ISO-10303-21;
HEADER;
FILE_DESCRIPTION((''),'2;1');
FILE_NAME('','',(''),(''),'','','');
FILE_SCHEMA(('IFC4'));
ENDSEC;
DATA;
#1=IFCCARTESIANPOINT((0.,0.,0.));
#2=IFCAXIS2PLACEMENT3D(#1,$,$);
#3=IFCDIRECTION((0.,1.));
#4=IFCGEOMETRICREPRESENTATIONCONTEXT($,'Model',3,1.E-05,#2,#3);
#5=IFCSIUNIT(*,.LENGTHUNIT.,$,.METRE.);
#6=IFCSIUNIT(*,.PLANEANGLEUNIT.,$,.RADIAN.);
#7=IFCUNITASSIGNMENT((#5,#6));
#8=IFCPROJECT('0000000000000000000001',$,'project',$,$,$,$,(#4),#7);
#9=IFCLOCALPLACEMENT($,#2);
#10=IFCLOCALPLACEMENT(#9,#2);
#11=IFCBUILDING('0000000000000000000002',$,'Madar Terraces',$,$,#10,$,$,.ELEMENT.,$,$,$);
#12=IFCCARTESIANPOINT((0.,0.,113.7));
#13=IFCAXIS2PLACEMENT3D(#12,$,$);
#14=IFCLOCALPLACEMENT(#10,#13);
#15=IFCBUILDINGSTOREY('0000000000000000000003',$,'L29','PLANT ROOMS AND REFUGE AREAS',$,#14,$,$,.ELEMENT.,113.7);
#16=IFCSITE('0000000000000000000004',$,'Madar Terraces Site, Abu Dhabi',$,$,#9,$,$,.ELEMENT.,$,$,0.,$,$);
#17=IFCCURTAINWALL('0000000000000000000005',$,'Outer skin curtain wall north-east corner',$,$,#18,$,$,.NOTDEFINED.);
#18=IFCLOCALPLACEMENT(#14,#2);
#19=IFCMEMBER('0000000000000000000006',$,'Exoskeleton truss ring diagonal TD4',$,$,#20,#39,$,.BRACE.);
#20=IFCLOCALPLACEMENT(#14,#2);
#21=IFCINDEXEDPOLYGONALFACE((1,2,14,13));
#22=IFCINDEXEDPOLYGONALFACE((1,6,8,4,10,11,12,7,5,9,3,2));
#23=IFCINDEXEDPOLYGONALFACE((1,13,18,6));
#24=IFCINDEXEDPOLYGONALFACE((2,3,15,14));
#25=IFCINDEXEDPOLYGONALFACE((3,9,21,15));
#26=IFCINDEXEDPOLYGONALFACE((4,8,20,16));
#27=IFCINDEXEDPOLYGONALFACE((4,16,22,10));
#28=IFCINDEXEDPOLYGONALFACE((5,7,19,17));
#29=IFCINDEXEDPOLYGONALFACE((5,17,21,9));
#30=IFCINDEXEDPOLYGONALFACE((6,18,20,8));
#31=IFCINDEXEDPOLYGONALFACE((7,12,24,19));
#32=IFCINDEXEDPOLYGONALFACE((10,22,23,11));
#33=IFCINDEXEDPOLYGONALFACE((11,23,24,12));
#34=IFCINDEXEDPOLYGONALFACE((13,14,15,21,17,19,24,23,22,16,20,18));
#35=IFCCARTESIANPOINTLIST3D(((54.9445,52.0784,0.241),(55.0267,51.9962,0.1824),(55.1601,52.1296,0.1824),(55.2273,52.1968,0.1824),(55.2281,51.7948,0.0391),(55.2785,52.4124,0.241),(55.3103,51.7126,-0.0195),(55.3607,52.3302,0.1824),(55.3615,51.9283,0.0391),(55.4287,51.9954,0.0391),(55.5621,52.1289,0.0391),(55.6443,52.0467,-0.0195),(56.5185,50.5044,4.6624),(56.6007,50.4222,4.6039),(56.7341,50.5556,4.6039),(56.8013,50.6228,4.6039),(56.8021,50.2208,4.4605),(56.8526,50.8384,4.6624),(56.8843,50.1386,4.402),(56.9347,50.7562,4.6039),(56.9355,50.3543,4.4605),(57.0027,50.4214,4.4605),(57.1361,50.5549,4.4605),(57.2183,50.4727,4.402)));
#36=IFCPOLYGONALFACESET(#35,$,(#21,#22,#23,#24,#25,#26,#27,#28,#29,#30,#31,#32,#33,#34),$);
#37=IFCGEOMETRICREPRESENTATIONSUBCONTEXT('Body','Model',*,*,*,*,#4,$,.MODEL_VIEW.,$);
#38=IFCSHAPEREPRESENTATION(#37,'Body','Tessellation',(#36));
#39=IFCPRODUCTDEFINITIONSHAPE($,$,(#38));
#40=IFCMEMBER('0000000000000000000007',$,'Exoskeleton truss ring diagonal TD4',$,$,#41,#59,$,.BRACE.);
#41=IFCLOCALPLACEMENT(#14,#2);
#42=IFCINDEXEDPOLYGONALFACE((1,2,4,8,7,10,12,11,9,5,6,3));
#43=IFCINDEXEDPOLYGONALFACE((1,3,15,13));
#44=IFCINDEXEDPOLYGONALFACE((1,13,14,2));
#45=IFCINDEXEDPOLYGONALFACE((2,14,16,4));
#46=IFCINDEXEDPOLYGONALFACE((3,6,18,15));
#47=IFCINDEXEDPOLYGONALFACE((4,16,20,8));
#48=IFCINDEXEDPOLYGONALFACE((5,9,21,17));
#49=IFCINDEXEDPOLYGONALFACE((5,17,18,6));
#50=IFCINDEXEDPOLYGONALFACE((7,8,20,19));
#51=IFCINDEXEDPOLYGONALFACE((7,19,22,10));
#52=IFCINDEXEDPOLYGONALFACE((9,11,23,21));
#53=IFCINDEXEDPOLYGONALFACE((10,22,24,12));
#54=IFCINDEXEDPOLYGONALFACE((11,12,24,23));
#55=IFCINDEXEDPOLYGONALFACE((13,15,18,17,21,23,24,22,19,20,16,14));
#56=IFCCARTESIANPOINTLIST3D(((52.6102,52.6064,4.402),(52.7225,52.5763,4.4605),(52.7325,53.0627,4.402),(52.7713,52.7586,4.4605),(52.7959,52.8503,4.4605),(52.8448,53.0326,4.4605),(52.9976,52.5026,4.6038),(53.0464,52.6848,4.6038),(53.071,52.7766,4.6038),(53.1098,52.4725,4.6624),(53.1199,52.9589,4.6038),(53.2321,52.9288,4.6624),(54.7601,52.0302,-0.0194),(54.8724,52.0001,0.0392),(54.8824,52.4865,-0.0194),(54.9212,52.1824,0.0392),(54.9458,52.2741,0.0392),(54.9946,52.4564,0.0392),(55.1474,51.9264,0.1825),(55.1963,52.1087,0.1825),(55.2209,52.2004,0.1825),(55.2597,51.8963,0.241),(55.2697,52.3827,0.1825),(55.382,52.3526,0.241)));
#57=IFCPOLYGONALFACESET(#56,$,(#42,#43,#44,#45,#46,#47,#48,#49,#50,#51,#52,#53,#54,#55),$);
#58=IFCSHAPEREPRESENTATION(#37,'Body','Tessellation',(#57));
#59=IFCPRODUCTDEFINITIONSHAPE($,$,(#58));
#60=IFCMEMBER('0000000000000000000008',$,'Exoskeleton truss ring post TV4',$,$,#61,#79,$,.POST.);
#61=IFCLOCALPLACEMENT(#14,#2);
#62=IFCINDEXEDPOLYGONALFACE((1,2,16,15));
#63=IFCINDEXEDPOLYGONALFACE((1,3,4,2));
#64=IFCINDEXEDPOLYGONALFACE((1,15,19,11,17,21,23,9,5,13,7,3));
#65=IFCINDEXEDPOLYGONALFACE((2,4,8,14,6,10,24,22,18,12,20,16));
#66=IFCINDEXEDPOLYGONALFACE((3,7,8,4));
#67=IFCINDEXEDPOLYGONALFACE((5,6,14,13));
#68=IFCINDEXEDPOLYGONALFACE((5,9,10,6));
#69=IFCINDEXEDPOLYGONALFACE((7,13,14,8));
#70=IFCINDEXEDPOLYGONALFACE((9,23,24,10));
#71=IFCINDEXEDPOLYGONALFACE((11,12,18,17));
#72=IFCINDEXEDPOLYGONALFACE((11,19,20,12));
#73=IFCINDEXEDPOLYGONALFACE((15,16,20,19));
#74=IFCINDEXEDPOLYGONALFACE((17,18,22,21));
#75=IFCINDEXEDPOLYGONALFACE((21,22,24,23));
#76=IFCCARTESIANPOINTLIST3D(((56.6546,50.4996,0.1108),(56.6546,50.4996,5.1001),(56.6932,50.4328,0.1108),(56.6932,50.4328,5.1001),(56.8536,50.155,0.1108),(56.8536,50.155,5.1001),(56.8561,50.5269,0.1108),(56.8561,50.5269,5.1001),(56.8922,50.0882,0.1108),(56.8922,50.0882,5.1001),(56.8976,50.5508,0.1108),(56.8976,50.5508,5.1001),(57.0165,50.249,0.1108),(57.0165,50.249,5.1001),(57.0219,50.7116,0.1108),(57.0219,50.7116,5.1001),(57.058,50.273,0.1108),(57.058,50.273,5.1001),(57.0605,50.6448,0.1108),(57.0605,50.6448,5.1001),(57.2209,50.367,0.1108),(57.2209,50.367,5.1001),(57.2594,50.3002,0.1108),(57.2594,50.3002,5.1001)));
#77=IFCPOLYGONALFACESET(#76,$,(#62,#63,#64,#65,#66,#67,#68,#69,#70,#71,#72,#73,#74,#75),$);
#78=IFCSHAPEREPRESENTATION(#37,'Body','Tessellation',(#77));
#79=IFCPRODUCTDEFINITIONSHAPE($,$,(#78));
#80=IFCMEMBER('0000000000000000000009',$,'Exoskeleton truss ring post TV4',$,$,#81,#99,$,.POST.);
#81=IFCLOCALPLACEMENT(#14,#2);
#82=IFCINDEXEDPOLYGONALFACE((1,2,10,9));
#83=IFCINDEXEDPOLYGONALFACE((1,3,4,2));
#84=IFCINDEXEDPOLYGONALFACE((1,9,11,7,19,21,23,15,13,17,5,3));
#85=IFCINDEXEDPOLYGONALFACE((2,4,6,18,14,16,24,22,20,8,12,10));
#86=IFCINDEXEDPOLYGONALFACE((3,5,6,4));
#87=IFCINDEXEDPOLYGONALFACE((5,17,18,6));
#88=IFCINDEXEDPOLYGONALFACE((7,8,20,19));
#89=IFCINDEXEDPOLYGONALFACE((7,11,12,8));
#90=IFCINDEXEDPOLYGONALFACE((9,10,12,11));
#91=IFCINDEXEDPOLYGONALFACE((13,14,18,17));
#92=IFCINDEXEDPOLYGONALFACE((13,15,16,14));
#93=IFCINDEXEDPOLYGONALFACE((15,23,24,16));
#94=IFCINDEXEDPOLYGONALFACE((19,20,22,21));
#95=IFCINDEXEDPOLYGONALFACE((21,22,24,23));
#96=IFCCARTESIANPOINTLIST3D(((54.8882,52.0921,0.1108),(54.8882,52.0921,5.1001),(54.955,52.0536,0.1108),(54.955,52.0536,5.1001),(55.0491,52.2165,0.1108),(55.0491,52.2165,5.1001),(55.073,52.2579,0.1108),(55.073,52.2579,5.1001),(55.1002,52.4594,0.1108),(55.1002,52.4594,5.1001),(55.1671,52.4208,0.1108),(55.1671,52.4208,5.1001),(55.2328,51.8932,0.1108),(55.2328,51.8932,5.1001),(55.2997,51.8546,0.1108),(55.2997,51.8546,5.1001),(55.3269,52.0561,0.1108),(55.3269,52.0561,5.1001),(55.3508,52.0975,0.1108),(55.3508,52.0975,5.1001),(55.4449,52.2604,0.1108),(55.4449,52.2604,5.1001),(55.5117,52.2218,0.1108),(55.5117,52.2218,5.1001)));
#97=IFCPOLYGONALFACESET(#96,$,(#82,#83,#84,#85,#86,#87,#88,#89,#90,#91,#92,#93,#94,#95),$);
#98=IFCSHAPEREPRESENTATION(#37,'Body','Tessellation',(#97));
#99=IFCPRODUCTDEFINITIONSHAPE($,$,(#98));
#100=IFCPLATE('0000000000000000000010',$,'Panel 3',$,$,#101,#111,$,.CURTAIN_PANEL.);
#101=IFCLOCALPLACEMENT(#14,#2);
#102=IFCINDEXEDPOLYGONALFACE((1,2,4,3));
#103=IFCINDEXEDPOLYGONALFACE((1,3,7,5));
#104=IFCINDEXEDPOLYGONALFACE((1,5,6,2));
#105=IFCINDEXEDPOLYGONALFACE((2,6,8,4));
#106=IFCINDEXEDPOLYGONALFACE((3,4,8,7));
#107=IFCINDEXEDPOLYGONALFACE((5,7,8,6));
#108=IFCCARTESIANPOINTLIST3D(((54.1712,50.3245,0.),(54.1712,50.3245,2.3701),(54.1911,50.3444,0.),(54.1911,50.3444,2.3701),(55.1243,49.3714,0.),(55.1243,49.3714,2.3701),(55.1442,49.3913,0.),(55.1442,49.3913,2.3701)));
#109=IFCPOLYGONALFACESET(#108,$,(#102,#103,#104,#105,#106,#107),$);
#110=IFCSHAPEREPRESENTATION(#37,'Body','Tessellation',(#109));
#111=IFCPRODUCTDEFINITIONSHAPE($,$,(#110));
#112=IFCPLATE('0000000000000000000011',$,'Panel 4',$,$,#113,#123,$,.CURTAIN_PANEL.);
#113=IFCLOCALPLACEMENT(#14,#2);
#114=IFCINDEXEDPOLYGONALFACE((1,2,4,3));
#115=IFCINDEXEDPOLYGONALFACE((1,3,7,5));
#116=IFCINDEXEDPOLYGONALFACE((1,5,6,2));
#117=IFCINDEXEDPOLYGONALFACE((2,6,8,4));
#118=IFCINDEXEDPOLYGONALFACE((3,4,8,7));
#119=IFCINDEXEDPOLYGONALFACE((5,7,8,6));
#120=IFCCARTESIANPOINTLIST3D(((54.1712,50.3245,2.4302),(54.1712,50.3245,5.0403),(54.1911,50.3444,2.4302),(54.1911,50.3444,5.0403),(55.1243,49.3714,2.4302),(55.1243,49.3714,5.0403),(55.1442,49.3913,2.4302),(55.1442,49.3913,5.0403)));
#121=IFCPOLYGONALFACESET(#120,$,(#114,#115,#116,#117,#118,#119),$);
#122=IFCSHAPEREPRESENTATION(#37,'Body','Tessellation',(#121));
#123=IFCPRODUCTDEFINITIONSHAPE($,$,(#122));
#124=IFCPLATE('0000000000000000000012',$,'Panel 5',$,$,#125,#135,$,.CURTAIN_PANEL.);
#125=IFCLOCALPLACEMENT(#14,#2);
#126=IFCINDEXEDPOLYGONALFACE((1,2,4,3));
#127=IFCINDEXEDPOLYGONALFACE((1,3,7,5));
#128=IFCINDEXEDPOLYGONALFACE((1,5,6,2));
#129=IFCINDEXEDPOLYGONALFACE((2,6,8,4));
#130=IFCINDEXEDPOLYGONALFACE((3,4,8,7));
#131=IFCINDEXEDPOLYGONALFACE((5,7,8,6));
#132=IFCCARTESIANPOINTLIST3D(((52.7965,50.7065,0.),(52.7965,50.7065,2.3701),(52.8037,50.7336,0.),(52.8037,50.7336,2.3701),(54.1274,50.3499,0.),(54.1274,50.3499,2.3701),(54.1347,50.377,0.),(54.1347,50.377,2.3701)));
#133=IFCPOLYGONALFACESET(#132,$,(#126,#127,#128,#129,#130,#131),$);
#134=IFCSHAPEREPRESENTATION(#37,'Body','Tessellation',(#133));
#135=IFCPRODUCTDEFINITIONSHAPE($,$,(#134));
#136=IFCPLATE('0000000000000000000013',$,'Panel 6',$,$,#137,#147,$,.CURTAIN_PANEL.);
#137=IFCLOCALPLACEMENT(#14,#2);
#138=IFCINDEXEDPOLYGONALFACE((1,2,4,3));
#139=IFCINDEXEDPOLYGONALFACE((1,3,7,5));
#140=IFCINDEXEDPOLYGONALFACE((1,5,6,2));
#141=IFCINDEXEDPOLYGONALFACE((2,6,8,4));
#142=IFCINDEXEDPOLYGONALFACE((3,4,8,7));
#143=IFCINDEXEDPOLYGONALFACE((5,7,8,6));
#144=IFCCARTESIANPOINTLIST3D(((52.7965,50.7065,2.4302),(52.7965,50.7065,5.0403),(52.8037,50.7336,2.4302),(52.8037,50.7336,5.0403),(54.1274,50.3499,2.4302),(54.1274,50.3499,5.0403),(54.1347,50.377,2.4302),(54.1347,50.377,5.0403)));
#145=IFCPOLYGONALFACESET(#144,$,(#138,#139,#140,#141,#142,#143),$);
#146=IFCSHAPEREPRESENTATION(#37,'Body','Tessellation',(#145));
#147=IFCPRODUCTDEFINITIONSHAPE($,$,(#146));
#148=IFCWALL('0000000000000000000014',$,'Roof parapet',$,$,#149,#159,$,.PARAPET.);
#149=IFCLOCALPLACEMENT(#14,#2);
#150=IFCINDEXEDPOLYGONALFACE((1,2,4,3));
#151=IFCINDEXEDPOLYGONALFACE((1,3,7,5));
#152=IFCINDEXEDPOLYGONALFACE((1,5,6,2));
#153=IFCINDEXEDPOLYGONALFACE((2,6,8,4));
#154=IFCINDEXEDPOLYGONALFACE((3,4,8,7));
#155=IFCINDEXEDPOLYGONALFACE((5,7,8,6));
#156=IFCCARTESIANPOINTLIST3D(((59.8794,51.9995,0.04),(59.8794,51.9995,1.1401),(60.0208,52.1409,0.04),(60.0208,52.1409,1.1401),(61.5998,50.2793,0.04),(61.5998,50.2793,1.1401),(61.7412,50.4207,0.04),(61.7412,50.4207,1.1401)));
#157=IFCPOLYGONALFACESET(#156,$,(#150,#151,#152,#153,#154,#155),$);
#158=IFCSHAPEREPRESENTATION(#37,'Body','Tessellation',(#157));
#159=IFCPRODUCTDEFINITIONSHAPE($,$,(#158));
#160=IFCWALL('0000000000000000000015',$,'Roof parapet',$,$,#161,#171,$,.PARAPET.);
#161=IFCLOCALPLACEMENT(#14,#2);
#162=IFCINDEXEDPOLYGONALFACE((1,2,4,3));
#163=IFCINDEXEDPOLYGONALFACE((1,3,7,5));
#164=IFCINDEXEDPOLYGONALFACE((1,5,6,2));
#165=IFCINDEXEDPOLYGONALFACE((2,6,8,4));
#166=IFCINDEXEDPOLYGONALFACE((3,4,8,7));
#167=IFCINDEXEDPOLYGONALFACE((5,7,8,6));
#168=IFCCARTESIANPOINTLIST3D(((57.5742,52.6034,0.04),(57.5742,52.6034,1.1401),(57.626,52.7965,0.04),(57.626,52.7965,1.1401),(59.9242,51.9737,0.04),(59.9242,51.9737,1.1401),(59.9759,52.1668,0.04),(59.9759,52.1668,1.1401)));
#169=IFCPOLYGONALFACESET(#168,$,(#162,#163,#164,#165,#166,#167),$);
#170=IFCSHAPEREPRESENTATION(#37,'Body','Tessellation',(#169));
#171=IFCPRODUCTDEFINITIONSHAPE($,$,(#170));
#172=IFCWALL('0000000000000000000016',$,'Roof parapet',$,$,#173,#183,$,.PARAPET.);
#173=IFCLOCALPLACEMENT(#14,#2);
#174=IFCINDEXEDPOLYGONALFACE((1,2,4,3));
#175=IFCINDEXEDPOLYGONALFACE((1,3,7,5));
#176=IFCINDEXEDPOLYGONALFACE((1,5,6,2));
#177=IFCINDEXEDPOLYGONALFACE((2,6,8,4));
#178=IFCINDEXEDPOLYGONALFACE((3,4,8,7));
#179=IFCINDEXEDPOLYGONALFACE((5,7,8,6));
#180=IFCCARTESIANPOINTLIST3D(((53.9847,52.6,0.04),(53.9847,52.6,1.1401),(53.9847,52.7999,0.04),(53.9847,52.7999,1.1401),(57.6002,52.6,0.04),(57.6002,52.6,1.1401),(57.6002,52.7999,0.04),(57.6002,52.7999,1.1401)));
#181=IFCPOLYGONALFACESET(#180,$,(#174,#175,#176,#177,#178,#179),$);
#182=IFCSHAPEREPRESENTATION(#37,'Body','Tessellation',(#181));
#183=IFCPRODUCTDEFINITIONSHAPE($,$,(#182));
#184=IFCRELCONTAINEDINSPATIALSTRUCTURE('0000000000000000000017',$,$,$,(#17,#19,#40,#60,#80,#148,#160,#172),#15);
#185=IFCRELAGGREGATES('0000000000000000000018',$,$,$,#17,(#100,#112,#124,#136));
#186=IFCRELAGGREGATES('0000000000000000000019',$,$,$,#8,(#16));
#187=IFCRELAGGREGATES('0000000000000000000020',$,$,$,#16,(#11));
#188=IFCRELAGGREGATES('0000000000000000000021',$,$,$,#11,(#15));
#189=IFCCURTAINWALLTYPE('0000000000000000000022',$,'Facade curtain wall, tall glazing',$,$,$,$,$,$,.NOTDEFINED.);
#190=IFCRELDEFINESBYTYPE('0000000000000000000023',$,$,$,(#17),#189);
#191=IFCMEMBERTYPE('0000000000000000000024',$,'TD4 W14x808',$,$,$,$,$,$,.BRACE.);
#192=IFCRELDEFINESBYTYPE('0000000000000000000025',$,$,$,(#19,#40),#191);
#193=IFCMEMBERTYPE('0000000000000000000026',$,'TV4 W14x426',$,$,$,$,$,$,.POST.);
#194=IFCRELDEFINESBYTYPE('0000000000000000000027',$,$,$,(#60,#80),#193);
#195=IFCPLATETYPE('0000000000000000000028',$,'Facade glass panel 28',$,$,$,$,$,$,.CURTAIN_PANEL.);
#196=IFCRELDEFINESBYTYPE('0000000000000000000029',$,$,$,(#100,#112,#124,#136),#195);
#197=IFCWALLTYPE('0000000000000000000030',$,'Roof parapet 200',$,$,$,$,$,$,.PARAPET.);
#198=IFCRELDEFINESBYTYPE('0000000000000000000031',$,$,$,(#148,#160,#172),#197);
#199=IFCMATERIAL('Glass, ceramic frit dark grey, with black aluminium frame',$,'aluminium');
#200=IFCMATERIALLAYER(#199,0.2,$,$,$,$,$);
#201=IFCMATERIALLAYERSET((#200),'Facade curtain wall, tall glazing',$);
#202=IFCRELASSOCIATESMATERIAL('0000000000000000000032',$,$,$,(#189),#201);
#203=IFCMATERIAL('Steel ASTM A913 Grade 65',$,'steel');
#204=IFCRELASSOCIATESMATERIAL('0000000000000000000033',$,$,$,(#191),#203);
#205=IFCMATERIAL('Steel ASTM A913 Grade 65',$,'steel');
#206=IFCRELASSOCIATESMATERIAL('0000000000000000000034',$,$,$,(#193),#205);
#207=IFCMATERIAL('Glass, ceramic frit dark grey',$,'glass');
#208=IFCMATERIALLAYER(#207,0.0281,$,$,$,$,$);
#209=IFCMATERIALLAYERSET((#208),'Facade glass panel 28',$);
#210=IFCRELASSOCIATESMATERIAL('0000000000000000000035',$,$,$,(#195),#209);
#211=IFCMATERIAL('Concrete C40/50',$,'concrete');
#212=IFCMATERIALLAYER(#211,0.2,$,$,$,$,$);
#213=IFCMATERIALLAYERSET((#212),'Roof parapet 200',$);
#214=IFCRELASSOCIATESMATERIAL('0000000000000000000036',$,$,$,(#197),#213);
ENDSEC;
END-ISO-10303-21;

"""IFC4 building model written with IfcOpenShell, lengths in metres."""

from ifc_helpers import new_model, si_unit, direction, frame, frame_2d, origin, origin_2d, place, context, subcontext, project, spatial, rectangle, i_section, extrude, material, layer, layer_set, material_profile, profile_set, type_object, element, aggregate, save


model = new_model("IFC4")

# Units and contexts
model_context = context("Model", 3, precision=1e-05, world=origin(), true_north=direction((0.0, 1.0)))
body_context = subcontext(model_context, "Body", "Model", "MODEL_VIEW")
ifc_project = project(units=[si_unit("LENGTHUNIT", "METRE"), si_unit("PLANEANGLEUNIT", "RADIAN")], contexts=[model_context])

# Site, building, storey
site_placement = place(None, origin())
site = spatial("IfcSite", under=ifc_project, at=site_placement, Name="Madar Terraces Site, Abu Dhabi", CompositionType="ELEMENT", RefElevation=0.0)
building_placement = place(site_placement, origin())
building = spatial("IfcBuilding", under=site, at=building_placement, Name="Madar Terraces", CompositionType="ELEMENT")
storey_placement = place(building_placement, frame((0.0, 0.0, 113.7)))
storey = spatial("IfcBuildingStorey", under=building, at=storey_placement, Name="L29", Description="PLANT ROOMS AND REFUGE AREAS", CompositionType="ELEMENT", Elevation=113.7)

# Curtain wall
ifc_material_1 = material(Name="Glass, ceramic frit dark grey, with black aluminium frame", Category="aluminium")
ifc_layer_1 = layer(ifc_material_1, 0.2)
ifc_layer_set_1 = layer_set([ifc_layer_1], Name="Facade curtain wall, tall glazing")
curtain_wall_type = type_object("IfcCurtainWallType", Name="Facade curtain wall, tall glazing", PredefinedType="NOTDEFINED", material=ifc_layer_set_1)
curtain_wall_placement = place(storey_placement, origin())
curtain_wall = element("IfcCurtainWall", 1, at=curtain_wall_placement, inside=storey, type_object=curtain_wall_type, Name="Outer skin curtain wall north-east corner", PredefinedType="NOTDEFINED")

# Members
ifc_material_2 = material(Name="Steel ASTM A913 Grade 65", Category="steel")
ifc_material_profile_1 = material_profile(ifc_material_2, i_section(OverallWidth=0.4724, OverallDepth=0.5791, WebThickness=0.095, FlangeThickness=0.1301, at=origin_2d()), Name="W14x808")
ifc_profile_set_1 = profile_set([ifc_material_profile_1], Name="Steel ASTM A913 Grade 65")
member_type_1 = type_object("IfcMemberType", Name="TD4 W14x808", PredefinedType="BRACE", material=ifc_profile_set_1)
member_1_placement = place(storey_placement, frame((56.8684, 50.4885, 4.5322), z_axis=(-0.317968, 0.317968, -0.893192), x_axis=(-0.707107, -0.707107, 0.0)))
element("IfcMember", 2, at=member_1_placement, inside=storey, type_object=member_type_1, Name="Exoskeleton truss ring diagonal TD4", PredefinedType="BRACE", context=body_context, shape_type="SweptSolid", body=[
    extrude(i_section(OverallWidth=0.4724, OverallDepth=0.5791, WebThickness=0.095, FlangeThickness=0.1301, at=origin_2d()), origin(), (0.0, 0.0, 1.0), 4.9502),
])
member_2_placement = place(storey_placement, frame((55.071, 52.1914, 0.1108), z_axis=(-0.434322, 0.116398, 0.893206), x_axis=(-0.258864, -0.965914, 0.0)))
element("IfcMember", 3, at=member_2_placement, inside=storey, type_object=member_type_1, Name="Exoskeleton truss ring diagonal TD4", PredefinedType="BRACE", context=body_context, shape_type="SweptSolid", body=[
    extrude(i_section(OverallWidth=0.4724, OverallDepth=0.5791, WebThickness=0.095, FlangeThickness=0.1301, at=origin_2d()), origin(), (0.0, 0.0, 1.0), 4.95),
])
ifc_material_3 = material(Name="Steel ASTM A913 Grade 65", Category="steel")
ifc_material_profile_2 = material_profile(ifc_material_3, i_section(OverallWidth=0.4241, OverallDepth=0.4751, WebThickness=0.0479, FlangeThickness=0.0771, at=origin_2d()), Name="W14x426")
ifc_profile_set_2 = profile_set([ifc_material_profile_2], Name="Steel ASTM A913 Grade 65")
member_type_2 = type_object("IfcMemberType", Name="TV4 W14x426", PredefinedType="POST", material=ifc_profile_set_2)
for number, where, z_axis, x_axis, name in (
    (4, (56.957, 50.3999, 0.1108), (0.0, 0.0, 1.0), (-0.866025, -0.5, 0.0), "Exoskeleton truss ring post TV4"),
    (5, (55.2, 52.157, 0.1108), (0.0, 0.0, 1.0), (-0.5, -0.866025, 0.0), "Exoskeleton truss ring post TV4"),
):
    element("IfcMember", number, at=place(storey_placement, frame(where, z_axis=z_axis, x_axis=x_axis)), inside=storey, type_object=member_type_2, Name=name, PredefinedType="POST", context=body_context, shape_type="SweptSolid", body=[
        extrude(i_section(OverallWidth=0.4241, OverallDepth=0.4751, WebThickness=0.0479, FlangeThickness=0.0771, at=origin_2d()), origin(), (0.0, 0.0, 1.0), 4.9893),
    ])

# Plates
ifc_material_4 = material(Name="Glass, ceramic frit dark grey", Category="glass")
ifc_layer_2 = layer(ifc_material_4, 0.0281)
ifc_layer_set_2 = layer_set([ifc_layer_2], Name="Facade glass panel 28")
plate_type = type_object("IfcPlateType", Name="Facade glass panel 28", PredefinedType="CURTAIN_PANEL", material=ifc_layer_set_2)
plate_1_placement = place(storey_placement, frame((54.6577, 49.8579, 0.0), z_axis=(0.0, 0.0, 1.0), x_axis=(-0.707107, 0.707107, 0.0)))
plate_1 = element("IfcPlate", 6, at=plate_1_placement, type_object=plate_type, Name="Panel 3", PredefinedType="CURTAIN_PANEL", context=body_context, shape_type="SweptSolid", body=[
    extrude(rectangle(XDim=1.3479, YDim=0.0281, at=origin_2d()), origin(), (0.0, 0.0, 1.0), 2.3701),
])
plate_2_placement = place(storey_placement, frame((54.6577, 49.8579, 2.4302), z_axis=(0.0, 0.0, 1.0), x_axis=(-0.707107, 0.707107, 0.0)))
plate_2 = element("IfcPlate", 7, at=plate_2_placement, type_object=plate_type, Name="Panel 4", PredefinedType="CURTAIN_PANEL", context=body_context, shape_type="SweptSolid", body=[
    extrude(rectangle(XDim=1.3479, YDim=0.0281, at=origin_2d()), origin(), (0.0, 0.0, 1.0), 2.6101),
])
plate_3_placement = place(storey_placement, frame((53.4656, 50.5417, 0.0), z_axis=(0.0, 0.0, 1.0), x_axis=(-0.965926, 0.258819, 0.0)))
plate_3 = element("IfcPlate", 8, at=plate_3_placement, type_object=plate_type, Name="Panel 5", PredefinedType="CURTAIN_PANEL", context=body_context, shape_type="SweptSolid", body=[
    extrude(rectangle(XDim=1.3779, YDim=0.0281, at=origin_2d()), origin(), (0.0, 0.0, 1.0), 2.3701),
])
plate_4_placement = place(storey_placement, frame((53.4656, 50.5417, 2.4302), z_axis=(0.0, 0.0, 1.0), x_axis=(-0.965926, 0.258819, 0.0)))
plate_4 = element("IfcPlate", 9, at=plate_4_placement, type_object=plate_type, Name="Panel 6", PredefinedType="CURTAIN_PANEL", context=body_context, shape_type="SweptSolid", body=[
    extrude(rectangle(XDim=1.3779, YDim=0.0281, at=origin_2d()), origin(), (0.0, 0.0, 1.0), 2.6101),
])
aggregate(curtain_wall, [plate_1, plate_2, plate_3, plate_4])

# Walls
ifc_material_5 = material(Name="Concrete C40/50", Category="concrete")
ifc_layer_3 = layer(ifc_material_5, 0.2)
ifc_layer_set_3 = layer_set([ifc_layer_3], Name="Roof parapet 200")
wall_type = type_object("IfcWallType", Name="Roof parapet 200", PredefinedType="PARAPET", material=ifc_layer_set_3)
for number, where, z_axis, x_axis, name in (
    (10, (61.6704, 50.3501, 0.04), (0.0, 0.0, 1.0), (-0.707157, 0.707057, 0.0), "Roof parapet"),
    (11, (59.95, 52.0703, 0.04), (0.0, 0.0, 1.0), (-0.965926, 0.258818, 0.0), "Roof parapet"),
):
    element("IfcWall", number, at=place(storey_placement, frame(where, z_axis=z_axis, x_axis=x_axis)), inside=storey, type_object=wall_type, Name=name, PredefinedType="PARAPET", context=body_context, shape_type="SweptSolid", body=[
        extrude(rectangle(XDim=2.4329, YDim=0.2, at=frame_2d((1.2163, 0.0))), origin(), (0.0, 0.0, 1.0), 1.1001),
    ])
wall_placement = place(storey_placement, frame((57.6001, 52.7, 0.04), z_axis=(0.0, 0.0, 1.0), x_axis=(-1.0, 0.0, 0.0)))
element("IfcWall", 12, at=wall_placement, inside=storey, type_object=wall_type, Name="Roof parapet", PredefinedType="PARAPET", context=body_context, shape_type="SweptSolid", body=[
    extrude(rectangle(XDim=3.6155, YDim=0.2, at=frame_2d((1.8076, 0.0))), origin(), (0.0, 0.0, 1.0), 1.1001),
])

save(model, "model.ifc")
